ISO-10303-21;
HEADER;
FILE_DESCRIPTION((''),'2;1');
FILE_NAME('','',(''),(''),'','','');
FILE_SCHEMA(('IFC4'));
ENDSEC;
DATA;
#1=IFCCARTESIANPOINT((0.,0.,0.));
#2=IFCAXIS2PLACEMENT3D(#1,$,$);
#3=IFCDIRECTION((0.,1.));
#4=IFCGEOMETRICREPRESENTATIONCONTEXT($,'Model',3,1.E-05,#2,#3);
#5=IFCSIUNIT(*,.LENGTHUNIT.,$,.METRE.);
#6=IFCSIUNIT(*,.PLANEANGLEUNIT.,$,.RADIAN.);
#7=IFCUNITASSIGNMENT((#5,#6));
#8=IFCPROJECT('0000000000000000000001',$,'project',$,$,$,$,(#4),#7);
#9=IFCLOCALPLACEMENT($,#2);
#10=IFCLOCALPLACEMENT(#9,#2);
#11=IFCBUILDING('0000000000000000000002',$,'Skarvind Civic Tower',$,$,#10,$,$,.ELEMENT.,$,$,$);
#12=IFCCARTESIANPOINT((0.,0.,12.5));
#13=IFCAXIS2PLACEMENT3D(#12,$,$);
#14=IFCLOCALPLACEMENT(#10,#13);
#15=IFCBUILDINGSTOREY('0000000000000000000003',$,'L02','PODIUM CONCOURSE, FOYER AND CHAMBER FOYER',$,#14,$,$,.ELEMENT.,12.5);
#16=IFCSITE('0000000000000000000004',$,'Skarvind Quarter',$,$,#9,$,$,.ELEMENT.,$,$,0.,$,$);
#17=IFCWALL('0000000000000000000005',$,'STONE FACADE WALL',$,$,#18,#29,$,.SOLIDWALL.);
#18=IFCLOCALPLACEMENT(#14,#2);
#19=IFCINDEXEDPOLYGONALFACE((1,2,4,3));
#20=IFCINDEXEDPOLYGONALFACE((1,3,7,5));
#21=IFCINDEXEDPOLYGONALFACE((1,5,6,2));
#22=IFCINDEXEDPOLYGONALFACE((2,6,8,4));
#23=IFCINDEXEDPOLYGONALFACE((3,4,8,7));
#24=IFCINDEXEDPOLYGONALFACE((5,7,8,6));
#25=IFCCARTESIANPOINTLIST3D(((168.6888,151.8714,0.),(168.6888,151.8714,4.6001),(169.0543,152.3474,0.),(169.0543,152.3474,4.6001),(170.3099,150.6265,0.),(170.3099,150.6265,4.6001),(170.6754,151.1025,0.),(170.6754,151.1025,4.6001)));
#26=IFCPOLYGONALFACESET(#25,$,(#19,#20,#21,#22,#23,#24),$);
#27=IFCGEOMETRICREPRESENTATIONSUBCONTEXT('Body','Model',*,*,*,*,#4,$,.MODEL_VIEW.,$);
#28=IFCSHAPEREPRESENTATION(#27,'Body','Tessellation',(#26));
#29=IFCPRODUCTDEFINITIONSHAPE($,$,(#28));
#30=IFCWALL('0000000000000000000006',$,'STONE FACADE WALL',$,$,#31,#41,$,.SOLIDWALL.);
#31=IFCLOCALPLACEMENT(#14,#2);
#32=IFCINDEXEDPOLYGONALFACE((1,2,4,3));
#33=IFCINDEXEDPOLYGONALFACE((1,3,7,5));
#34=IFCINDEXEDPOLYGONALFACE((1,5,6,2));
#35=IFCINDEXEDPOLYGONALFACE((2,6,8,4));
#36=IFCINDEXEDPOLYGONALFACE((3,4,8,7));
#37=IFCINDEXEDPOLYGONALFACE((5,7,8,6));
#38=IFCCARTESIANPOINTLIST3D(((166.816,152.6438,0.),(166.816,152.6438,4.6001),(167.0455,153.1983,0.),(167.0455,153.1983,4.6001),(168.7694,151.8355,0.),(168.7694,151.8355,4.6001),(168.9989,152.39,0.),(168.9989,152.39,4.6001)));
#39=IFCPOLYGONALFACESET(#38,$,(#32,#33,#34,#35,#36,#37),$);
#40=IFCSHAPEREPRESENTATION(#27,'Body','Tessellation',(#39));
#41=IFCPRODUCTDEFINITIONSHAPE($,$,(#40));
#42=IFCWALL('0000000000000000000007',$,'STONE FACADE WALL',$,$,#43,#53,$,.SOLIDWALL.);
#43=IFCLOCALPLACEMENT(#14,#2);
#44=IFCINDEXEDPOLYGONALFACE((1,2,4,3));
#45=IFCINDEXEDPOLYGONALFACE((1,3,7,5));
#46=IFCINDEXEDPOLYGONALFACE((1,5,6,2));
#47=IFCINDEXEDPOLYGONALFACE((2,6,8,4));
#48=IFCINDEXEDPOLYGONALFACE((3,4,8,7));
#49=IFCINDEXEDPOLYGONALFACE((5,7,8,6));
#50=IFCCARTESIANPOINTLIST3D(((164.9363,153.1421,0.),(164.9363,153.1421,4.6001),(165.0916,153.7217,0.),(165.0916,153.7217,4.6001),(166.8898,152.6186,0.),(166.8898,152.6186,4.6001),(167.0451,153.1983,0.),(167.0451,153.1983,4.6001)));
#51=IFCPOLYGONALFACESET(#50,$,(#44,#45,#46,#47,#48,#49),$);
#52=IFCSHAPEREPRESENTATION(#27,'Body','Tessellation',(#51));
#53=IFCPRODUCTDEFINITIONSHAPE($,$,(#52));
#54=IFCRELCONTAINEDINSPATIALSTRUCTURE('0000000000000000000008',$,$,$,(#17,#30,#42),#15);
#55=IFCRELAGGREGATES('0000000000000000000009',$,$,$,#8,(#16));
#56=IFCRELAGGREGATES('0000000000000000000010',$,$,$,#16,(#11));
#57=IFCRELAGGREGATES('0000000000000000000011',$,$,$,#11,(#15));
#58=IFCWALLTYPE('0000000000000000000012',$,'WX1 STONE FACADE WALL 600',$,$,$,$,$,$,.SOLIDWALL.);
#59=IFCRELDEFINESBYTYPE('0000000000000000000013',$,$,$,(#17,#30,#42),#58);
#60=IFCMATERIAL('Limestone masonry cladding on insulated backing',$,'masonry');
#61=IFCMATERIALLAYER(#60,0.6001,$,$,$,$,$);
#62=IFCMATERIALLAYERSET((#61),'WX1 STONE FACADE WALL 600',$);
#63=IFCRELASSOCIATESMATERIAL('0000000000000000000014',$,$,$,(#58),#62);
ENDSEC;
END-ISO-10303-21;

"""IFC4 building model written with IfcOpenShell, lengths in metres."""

from ifc_helpers import new_model, si_unit, direction, frame, frame_2d, origin, place, context, subcontext, project, spatial, rectangle, extrude, material, layer, layer_set, type_object, element, save


model = new_model("IFC4")

# Units and contexts
model_context = context("Model", 3, precision=1e-05, world=origin(), true_north=direction((0.0, 1.0)))
body_context = subcontext(model_context, "Body", "Model", "MODEL_VIEW")
ifc_project = project(units=[si_unit("LENGTHUNIT", "METRE"), si_unit("PLANEANGLEUNIT", "RADIAN")], contexts=[model_context])

# Site, building, storey
site_placement = place(None, origin())
site = spatial("IfcSite", under=ifc_project, at=site_placement, Name="Skarvind Quarter", CompositionType="ELEMENT", RefElevation=0.0)
building_placement = place(site_placement, origin())
building = spatial("IfcBuilding", under=site, at=building_placement, Name="Skarvind Civic Tower", CompositionType="ELEMENT")
storey_placement = place(building_placement, frame((0.0, 0.0, 12.5)))
storey = spatial("IfcBuildingStorey", under=building, at=storey_placement, Name="L02", Description="PODIUM CONCOURSE, FOYER AND CHAMBER FOYER", CompositionType="ELEMENT", Elevation=12.5)

# Shared definitions
ifc_material_1 = material(Name="Limestone masonry cladding on insulated backing", Category="masonry")
ifc_layer_1 = layer(ifc_material_1, 0.6001)
ifc_layer_set_1 = layer_set([ifc_layer_1], Name="WX1 STONE FACADE WALL 600")
wall_type_1 = type_object("IfcWallType", Name="WX1 STONE FACADE WALL 600", PredefinedType="SOLIDWALL", material=ifc_layer_set_1)

# Walls
wall_1_placement = place(storey_placement, frame((168.8716, 152.1094, 0.0), z_axis=(0.0, 0.0, 1.0), x_axis=(0.793125, -0.609058, 0.0)))
element("IfcWall", 1, at=wall_1_placement, inside=storey, type_object=wall_type_1, Name="STONE FACADE WALL", PredefinedType="SOLIDWALL", context=body_context, shape_type="SweptSolid", body=[
    extrude(rectangle(XDim=2.0439, YDim=0.6001, at=frame_2d((1.022, 0.0))), origin(), (0.0, 0.0, 1.0), 4.6001),
])
wall_2_placement = place(storey_placement, frame((166.9307, 152.9211, 0.0), z_axis=(0.0, 0.0, 1.0), x_axis=(0.924007, -0.382376, 0.0)))
element("IfcWall", 2, at=wall_2_placement, inside=storey, type_object=wall_type_1, Name="STONE FACADE WALL", PredefinedType="SOLIDWALL", context=body_context, shape_type="SweptSolid", body=[
    extrude(rectangle(XDim=2.114, YDim=0.6001, at=frame_2d((1.0571, 0.0))), origin(), (0.0, 0.0, 1.0), 4.6001),
])
wall_3_placement = place(storey_placement, frame((165.0139, 153.4319, 0.0), z_axis=(0.0, 0.0, 1.0), x_axis=(0.96593, -0.258804, 0.0)))
element("IfcWall", 3, at=wall_3_placement, inside=storey, type_object=wall_type_1, Name="STONE FACADE WALL", PredefinedType="SOLIDWALL", context=body_context, shape_type="SweptSolid", body=[
    extrude(rectangle(XDim=2.0225, YDim=0.6001, at=frame_2d((1.0112, 0.0))), origin(), (0.0, 0.0, 1.0), 4.6001),
])

save(model, "model.ifc")
